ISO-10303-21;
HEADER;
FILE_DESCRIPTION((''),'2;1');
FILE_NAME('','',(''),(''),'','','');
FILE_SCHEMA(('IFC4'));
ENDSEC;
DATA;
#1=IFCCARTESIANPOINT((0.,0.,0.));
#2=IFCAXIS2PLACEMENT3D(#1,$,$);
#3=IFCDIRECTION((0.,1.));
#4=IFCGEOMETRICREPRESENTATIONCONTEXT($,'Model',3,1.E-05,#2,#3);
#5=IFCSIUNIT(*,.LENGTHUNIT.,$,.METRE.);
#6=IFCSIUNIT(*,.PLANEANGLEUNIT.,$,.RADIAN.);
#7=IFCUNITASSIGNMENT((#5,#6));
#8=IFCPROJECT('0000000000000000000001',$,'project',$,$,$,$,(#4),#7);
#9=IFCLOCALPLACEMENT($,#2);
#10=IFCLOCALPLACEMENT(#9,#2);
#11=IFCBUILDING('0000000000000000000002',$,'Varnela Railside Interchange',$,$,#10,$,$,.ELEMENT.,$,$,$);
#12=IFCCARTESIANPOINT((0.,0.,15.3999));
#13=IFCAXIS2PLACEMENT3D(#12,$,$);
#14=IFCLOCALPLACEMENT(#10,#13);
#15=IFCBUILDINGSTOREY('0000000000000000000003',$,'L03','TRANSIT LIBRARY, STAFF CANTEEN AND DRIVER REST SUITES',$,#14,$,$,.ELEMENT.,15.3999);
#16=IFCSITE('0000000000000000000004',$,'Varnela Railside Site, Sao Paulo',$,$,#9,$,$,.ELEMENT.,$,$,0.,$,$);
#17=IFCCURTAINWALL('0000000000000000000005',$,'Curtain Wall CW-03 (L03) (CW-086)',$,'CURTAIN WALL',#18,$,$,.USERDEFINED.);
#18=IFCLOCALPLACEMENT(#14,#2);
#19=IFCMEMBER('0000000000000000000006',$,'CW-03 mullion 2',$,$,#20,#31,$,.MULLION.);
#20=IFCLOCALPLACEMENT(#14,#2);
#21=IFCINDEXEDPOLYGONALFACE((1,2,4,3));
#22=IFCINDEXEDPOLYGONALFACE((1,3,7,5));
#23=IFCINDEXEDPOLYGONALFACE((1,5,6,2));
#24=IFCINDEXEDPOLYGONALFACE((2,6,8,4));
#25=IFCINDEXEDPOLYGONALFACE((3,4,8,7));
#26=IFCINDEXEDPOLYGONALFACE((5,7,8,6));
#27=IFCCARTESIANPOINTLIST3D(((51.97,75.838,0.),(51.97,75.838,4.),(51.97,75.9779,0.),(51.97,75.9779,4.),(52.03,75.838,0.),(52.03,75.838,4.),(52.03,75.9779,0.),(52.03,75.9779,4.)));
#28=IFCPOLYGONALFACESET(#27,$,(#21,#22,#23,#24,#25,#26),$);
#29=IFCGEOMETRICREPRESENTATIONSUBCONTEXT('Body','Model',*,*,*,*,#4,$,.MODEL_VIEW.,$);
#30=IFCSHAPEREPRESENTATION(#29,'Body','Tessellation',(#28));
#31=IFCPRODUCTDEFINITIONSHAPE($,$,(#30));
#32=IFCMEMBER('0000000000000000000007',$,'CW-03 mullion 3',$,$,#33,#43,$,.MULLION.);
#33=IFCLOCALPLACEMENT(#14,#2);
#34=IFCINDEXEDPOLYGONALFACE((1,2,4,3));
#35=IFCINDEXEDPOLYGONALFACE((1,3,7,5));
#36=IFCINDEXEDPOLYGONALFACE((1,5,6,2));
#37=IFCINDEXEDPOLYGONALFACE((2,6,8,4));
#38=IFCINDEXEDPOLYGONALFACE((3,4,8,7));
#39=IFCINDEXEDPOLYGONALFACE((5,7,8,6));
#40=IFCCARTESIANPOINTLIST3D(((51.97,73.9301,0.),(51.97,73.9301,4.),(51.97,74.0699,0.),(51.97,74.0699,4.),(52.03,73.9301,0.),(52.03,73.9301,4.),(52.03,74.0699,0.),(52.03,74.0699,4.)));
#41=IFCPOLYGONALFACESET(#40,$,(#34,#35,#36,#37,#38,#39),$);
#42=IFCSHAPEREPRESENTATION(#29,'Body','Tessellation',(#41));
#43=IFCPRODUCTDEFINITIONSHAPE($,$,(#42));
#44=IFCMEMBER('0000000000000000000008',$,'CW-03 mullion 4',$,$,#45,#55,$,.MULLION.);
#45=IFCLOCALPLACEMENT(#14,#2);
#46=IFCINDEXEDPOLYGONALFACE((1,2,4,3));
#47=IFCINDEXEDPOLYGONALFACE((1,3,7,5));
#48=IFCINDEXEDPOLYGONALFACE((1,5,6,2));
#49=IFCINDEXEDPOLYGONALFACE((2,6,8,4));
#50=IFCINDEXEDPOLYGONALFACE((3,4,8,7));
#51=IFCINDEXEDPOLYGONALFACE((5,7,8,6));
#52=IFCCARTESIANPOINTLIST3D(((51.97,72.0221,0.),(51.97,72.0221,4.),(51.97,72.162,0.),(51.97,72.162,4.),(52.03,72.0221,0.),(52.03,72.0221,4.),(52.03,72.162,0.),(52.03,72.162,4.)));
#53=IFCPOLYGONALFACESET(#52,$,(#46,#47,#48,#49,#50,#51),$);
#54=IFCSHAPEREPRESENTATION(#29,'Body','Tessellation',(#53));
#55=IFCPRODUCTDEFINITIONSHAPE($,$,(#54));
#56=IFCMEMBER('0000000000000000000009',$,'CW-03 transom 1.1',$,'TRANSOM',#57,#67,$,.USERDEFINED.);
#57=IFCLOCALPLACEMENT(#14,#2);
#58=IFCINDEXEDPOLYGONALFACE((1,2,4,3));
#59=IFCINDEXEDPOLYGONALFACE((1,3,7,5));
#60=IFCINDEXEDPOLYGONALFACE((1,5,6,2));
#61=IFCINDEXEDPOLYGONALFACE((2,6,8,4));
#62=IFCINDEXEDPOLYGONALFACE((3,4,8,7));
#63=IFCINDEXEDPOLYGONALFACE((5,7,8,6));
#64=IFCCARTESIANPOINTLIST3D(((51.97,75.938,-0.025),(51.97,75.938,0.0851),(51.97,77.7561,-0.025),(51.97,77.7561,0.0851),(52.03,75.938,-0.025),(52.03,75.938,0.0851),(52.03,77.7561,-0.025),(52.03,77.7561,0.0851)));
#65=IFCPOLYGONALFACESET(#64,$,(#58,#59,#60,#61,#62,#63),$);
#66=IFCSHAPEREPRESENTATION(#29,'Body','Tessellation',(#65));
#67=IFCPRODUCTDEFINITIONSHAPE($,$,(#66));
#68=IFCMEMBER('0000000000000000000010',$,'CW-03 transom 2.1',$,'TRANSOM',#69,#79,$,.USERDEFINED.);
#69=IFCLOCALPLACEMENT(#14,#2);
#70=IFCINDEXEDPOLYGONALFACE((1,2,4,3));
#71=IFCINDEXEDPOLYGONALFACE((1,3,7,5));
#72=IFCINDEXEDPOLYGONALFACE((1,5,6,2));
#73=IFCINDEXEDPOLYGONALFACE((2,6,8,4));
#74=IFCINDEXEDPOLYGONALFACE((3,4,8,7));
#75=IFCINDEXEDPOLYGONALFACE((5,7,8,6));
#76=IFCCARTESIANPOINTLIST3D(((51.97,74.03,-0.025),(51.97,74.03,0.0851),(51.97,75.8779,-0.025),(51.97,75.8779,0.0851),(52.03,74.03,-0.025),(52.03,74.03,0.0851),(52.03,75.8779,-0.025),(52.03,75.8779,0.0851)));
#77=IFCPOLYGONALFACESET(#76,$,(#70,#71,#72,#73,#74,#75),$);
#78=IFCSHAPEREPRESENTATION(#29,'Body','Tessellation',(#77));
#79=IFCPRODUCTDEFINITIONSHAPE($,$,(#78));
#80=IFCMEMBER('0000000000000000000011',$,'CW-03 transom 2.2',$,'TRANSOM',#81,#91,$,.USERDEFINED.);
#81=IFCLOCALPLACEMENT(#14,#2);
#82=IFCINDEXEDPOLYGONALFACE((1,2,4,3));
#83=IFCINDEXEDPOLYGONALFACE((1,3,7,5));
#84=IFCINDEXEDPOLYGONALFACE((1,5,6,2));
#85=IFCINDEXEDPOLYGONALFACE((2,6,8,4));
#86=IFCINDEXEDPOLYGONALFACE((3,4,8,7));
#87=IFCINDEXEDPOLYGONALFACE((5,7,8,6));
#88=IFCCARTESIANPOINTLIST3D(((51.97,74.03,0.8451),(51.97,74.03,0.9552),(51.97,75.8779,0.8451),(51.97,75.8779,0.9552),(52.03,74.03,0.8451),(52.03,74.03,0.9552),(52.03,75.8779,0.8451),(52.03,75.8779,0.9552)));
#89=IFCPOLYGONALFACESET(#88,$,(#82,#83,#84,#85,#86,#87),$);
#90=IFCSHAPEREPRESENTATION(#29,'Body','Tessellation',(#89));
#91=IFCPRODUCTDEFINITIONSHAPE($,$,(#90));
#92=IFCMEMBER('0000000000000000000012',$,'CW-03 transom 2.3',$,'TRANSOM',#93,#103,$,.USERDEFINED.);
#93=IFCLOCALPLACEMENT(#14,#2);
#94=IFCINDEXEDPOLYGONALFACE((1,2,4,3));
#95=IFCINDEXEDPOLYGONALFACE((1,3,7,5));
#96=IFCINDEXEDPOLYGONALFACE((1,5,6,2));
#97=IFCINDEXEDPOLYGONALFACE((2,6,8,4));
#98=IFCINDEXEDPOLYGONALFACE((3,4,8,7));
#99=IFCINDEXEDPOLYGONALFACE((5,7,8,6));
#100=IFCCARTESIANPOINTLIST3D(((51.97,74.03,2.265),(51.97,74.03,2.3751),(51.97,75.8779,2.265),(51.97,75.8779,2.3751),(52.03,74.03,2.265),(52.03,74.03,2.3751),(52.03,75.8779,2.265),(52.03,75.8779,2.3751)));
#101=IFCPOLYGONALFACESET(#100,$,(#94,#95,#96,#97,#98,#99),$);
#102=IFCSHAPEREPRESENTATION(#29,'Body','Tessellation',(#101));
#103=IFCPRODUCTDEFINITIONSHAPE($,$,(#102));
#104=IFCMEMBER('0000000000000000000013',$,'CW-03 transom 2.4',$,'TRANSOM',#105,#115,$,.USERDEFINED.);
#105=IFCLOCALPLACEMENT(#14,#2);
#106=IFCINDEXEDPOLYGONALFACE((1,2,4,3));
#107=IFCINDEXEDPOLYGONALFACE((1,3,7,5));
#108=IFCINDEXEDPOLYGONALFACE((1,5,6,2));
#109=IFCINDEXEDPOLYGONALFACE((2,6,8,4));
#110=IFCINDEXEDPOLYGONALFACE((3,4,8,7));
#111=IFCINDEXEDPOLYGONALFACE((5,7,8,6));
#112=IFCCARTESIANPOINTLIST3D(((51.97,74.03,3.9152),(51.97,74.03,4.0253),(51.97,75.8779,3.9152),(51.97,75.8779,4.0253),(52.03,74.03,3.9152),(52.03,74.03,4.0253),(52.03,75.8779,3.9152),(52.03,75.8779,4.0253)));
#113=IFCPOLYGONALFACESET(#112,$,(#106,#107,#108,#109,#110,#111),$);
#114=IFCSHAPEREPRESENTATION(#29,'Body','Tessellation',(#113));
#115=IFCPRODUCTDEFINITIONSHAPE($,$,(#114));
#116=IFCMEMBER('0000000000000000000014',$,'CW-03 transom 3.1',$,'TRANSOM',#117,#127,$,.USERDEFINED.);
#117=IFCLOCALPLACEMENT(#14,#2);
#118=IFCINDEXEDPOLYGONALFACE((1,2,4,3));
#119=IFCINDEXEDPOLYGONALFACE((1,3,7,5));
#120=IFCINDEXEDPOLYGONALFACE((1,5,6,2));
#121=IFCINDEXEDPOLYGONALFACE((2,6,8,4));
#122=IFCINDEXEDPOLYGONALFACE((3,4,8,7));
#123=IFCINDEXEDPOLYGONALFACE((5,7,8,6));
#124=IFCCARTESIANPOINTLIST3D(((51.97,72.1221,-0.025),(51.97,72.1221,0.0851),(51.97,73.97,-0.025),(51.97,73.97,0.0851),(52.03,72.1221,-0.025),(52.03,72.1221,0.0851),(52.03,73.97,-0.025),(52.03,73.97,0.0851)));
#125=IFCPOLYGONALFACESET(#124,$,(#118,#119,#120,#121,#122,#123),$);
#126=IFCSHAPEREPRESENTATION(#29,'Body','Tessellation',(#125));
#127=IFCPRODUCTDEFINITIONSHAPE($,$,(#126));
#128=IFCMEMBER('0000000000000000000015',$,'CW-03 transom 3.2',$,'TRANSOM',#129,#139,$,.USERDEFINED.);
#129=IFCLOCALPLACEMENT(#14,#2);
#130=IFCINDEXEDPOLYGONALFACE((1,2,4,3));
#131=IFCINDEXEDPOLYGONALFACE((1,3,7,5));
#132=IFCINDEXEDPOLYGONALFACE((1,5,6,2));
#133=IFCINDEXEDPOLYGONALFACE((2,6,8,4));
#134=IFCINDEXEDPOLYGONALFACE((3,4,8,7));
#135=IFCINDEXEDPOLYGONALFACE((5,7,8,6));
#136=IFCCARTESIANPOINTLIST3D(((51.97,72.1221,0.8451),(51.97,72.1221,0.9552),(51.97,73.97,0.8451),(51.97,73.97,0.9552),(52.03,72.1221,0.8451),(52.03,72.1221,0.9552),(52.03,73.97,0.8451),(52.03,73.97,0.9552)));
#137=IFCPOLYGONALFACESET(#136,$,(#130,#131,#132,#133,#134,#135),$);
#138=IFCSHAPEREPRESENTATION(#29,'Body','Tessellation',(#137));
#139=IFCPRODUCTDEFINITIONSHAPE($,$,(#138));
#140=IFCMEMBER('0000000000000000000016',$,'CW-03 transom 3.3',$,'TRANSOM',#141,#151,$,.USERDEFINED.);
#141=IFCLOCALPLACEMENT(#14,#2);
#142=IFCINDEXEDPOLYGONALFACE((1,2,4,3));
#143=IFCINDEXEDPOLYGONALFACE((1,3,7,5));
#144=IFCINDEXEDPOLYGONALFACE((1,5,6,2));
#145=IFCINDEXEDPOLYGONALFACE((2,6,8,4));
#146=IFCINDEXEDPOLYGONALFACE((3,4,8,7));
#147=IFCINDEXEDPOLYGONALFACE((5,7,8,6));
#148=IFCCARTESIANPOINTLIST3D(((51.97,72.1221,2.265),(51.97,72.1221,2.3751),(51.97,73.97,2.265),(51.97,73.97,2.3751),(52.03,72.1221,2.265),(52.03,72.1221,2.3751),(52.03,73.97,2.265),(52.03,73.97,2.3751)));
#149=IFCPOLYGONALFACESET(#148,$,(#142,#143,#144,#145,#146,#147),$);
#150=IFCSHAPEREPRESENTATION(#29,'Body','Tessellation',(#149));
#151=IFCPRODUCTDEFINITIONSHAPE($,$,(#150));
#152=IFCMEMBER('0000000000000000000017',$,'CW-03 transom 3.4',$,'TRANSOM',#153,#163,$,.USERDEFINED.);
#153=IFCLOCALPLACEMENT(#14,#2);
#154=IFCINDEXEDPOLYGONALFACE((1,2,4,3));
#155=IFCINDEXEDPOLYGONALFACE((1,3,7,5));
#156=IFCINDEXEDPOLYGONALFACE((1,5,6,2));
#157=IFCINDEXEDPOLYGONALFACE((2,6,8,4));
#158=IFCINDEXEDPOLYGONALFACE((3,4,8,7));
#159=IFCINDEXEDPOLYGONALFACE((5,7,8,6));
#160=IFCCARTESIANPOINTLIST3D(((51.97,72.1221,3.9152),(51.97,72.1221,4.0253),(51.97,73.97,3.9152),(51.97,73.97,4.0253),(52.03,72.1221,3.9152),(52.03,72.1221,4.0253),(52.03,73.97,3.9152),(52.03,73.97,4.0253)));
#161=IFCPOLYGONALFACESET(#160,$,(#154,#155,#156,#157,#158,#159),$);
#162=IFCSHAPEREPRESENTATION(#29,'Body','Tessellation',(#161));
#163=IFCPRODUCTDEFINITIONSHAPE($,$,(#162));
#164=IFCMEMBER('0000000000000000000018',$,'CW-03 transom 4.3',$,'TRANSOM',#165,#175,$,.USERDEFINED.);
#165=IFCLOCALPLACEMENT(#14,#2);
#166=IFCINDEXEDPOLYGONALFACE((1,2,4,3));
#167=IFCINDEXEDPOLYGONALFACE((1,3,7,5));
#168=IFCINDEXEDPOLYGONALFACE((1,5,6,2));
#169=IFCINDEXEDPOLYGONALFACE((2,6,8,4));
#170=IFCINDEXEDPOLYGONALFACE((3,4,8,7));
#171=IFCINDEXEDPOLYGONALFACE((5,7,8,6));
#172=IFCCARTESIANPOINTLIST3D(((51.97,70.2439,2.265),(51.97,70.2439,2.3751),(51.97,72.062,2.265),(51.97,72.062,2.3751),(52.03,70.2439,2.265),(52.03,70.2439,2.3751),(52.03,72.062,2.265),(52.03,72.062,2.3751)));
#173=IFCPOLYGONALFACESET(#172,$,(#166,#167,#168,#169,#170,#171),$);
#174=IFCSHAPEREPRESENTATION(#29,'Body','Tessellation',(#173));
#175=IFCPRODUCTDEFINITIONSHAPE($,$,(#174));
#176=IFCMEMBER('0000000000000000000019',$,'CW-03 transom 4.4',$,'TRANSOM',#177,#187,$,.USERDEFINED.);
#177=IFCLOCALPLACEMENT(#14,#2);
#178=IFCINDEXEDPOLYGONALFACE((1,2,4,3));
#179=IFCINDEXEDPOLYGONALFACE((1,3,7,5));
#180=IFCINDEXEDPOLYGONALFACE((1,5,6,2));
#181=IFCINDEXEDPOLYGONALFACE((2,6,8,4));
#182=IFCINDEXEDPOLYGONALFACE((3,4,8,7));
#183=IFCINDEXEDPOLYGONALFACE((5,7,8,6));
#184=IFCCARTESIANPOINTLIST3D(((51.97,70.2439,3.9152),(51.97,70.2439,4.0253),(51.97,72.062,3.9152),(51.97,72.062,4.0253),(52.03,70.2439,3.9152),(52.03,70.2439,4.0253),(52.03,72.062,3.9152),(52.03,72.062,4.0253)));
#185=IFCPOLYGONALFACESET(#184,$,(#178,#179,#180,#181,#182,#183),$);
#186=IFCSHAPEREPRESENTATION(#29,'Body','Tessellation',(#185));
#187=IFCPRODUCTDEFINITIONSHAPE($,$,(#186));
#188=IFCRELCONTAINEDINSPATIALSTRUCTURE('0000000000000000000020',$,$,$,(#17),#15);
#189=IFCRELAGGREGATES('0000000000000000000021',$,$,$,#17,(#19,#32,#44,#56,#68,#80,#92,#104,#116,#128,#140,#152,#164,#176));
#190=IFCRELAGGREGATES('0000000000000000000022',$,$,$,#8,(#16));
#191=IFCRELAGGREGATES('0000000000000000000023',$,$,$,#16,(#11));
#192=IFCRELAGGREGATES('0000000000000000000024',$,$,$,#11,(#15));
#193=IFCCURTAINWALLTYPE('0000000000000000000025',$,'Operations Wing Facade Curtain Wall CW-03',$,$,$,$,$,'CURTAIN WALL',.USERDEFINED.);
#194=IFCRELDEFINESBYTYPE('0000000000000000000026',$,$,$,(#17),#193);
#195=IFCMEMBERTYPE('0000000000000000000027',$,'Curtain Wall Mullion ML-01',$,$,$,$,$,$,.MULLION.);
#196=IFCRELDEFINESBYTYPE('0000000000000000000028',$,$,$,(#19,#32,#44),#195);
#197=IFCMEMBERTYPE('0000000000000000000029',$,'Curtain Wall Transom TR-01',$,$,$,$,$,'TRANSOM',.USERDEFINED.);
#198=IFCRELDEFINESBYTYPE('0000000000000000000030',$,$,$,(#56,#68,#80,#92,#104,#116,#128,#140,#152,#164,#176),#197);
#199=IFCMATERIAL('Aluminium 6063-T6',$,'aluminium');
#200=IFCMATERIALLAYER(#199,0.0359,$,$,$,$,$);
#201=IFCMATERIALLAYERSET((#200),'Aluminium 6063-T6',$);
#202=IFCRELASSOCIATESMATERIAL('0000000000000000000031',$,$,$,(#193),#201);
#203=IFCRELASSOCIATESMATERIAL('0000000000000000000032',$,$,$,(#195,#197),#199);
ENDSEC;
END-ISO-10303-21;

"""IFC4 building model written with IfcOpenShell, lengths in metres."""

from ifc_helpers import new_model, si_unit, direction, frame, origin, origin_2d, place, context, subcontext, project, spatial, rectangle, extrude, material, layer, layer_set, material_profile, profile_set, type_object, element, aggregate, save


model = new_model("IFC4")

# Units and contexts
model_context = context("Model", 3, precision=1e-05, world=origin(), true_north=direction((0.0, 1.0)))
body_context = subcontext(model_context, "Body", "Model", "MODEL_VIEW")
ifc_project = project(units=[si_unit("LENGTHUNIT", "METRE"), si_unit("PLANEANGLEUNIT", "RADIAN")], contexts=[model_context])

# Site, building, storey
site_placement = place(None, origin())
site = spatial("IfcSite", under=ifc_project, at=site_placement, Name="Varnela Railside Site, Sao Paulo", CompositionType="ELEMENT", RefElevation=0.0)
building_placement = place(site_placement, origin())
building = spatial("IfcBuilding", under=site, at=building_placement, Name="Varnela Railside Interchange", CompositionType="ELEMENT")
storey_placement = place(building_placement, frame((0.0, 0.0, 15.3999)))
storey = spatial("IfcBuildingStorey", under=building, at=storey_placement, Name="L03", Description="TRANSIT LIBRARY, STAFF CANTEEN AND DRIVER REST SUITES", CompositionType="ELEMENT", Elevation=15.3999)

# Curtain wall, members
ifc_material_1 = material(Name="Aluminium 6063-T6", Category="aluminium")
ifc_layer_1 = layer(ifc_material_1, 0.0359)
ifc_layer_set_1 = layer_set([ifc_layer_1], Name="Aluminium 6063-T6")
curtain_wall_type = type_object("IfcCurtainWallType", Name="Operations Wing Facade Curtain Wall CW-03", ElementType="CURTAIN WALL", PredefinedType="USERDEFINED", material=ifc_layer_set_1)
curtain_wall_placement = place(storey_placement, origin())
curtain_wall = element("IfcCurtainWall", 1, at=curtain_wall_placement, inside=storey, type_object=curtain_wall_type, Name="Curtain Wall CW-03 (L03) (CW-086)", ObjectType="CURTAIN WALL", PredefinedType="USERDEFINED")
ifc_material_profile_1 = material_profile(ifc_material_1, rectangle(XDim=0.0601, YDim=0.1399, at=origin_2d()), Name="ALU 60x140")
ifc_profile_set_1 = profile_set([ifc_material_profile_1], Name="Aluminium 6063-T6")
member_type_1 = type_object("IfcMemberType", Name="Curtain Wall Mullion ML-01", PredefinedType="MULLION", material=ifc_profile_set_1)
member_1_placement = place(storey_placement, frame((52.0, 75.908, 0.0), z_axis=(0.0, 0.0, 1.0), x_axis=(1.0, 0.0, 0.0)))
member_1 = element("IfcMember", 2, at=member_1_placement, type_object=member_type_1, Name="CW-03 mullion 2", PredefinedType="MULLION", context=body_context, shape_type="SweptSolid", body=[
    extrude(rectangle(XDim=0.0601, YDim=0.1399, at=origin_2d()), origin(), (0.0, 0.0, 1.0), 4.0),
])
member_2_placement = place(storey_placement, frame((52.0, 74.0, 0.0), z_axis=(0.0, 0.0, 1.0), x_axis=(1.0, 0.0, 0.0)))
member_2 = element("IfcMember", 3, at=member_2_placement, type_object=member_type_1, Name="CW-03 mullion 3", PredefinedType="MULLION", context=body_context, shape_type="SweptSolid", body=[
    extrude(rectangle(XDim=0.0601, YDim=0.1399, at=origin_2d()), origin(), (0.0, 0.0, 1.0), 4.0),
])
member_3_placement = place(storey_placement, frame((52.0, 72.092, 0.0), z_axis=(0.0, 0.0, 1.0), x_axis=(1.0, 0.0, 0.0)))
member_3 = element("IfcMember", 4, at=member_3_placement, type_object=member_type_1, Name="CW-03 mullion 4", PredefinedType="MULLION", context=body_context, shape_type="SweptSolid", body=[
    extrude(rectangle(XDim=0.0601, YDim=0.1399, at=origin_2d()), origin(), (0.0, 0.0, 1.0), 4.0),
])
ifc_material_profile_2 = material_profile(ifc_material_1, rectangle(XDim=0.0601, YDim=0.1101, at=origin_2d()), Name="ALU 60x110")
ifc_profile_set_2 = profile_set([ifc_material_profile_2], Name="Aluminium 6063-T6")
member_type_2 = type_object("IfcMemberType", Name="Curtain Wall Transom TR-01", ElementType="TRANSOM", PredefinedType="USERDEFINED", material=ifc_profile_set_2)
member_4_placement = place(storey_placement, frame((52.0, 77.7561, 0.03), z_axis=(0.0, -1.0, 0.0), x_axis=(1.0, 0.0, 0.0)))
member_4 = element("IfcMember", 5, at=member_4_placement, type_object=member_type_2, Name="CW-03 transom 1.1", ObjectType="TRANSOM", PredefinedType="USERDEFINED", context=body_context, shape_type="SweptSolid", body=[
    extrude(rectangle(XDim=0.0601, YDim=0.1101, at=origin_2d()), origin(), (0.0, 0.0, 1.0), 1.8181),
])
member_5_placement = place(storey_placement, frame((52.0, 75.8779, 0.03), z_axis=(0.0, -1.0, 0.0), x_axis=(1.0, 0.0, 0.0)))
member_5 = element("IfcMember", 6, at=member_5_placement, type_object=member_type_2, Name="CW-03 transom 2.1", ObjectType="TRANSOM", PredefinedType="USERDEFINED", context=body_context, shape_type="SweptSolid", body=[
    extrude(rectangle(XDim=0.0601, YDim=0.1101, at=origin_2d()), origin(), (0.0, 0.0, 1.0), 1.8479),
])
member_6_placement = place(storey_placement, frame((52.0, 75.8779, 0.9001), z_axis=(0.0, -1.0, 0.0), x_axis=(1.0, 0.0, 0.0)))
member_6 = element("IfcMember", 7, at=member_6_placement, type_object=member_type_2, Name="CW-03 transom 2.2", ObjectType="TRANSOM", PredefinedType="USERDEFINED", context=body_context, shape_type="SweptSolid", body=[
    extrude(rectangle(XDim=0.0601, YDim=0.1101, at=origin_2d()), origin(), (0.0, 0.0, 1.0), 1.8479),
])
member_7_placement = place(storey_placement, frame((52.0, 75.8779, 2.3201), z_axis=(0.0, -1.0, 0.0), x_axis=(1.0, 0.0, 0.0)))
member_7 = element("IfcMember", 8, at=member_7_placement, type_object=member_type_2, Name="CW-03 transom 2.3", ObjectType="TRANSOM", PredefinedType="USERDEFINED", context=body_context, shape_type="SweptSolid", body=[
    extrude(rectangle(XDim=0.0601, YDim=0.1101, at=origin_2d()), origin(), (0.0, 0.0, 1.0), 1.8479),
])
member_8_placement = place(storey_placement, frame((52.0, 75.8779, 3.9702), z_axis=(0.0, -1.0, 0.0), x_axis=(1.0, 0.0, 0.0)))
member_8 = element("IfcMember", 9, at=member_8_placement, type_object=member_type_2, Name="CW-03 transom 2.4", ObjectType="TRANSOM", PredefinedType="USERDEFINED", context=body_context, shape_type="SweptSolid", body=[
    extrude(rectangle(XDim=0.0601, YDim=0.1101, at=origin_2d()), origin(), (0.0, 0.0, 1.0), 1.8479),
])
member_9_placement = place(storey_placement, frame((52.0, 73.97, 0.03), z_axis=(0.0, -1.0, 0.0), x_axis=(1.0, 0.0, 0.0)))
member_9 = element("IfcMember", 10, at=member_9_placement, type_object=member_type_2, Name="CW-03 transom 3.1", ObjectType="TRANSOM", PredefinedType="USERDEFINED", context=body_context, shape_type="SweptSolid", body=[
    extrude(rectangle(XDim=0.0601, YDim=0.1101, at=origin_2d()), origin(), (0.0, 0.0, 1.0), 1.8479),
])
member_10_placement = place(storey_placement, frame((52.0, 73.97, 0.9001), z_axis=(0.0, -1.0, 0.0), x_axis=(1.0, 0.0, 0.0)))
member_10 = element("IfcMember", 11, at=member_10_placement, type_object=member_type_2, Name="CW-03 transom 3.2", ObjectType="TRANSOM", PredefinedType="USERDEFINED", context=body_context, shape_type="SweptSolid", body=[
    extrude(rectangle(XDim=0.0601, YDim=0.1101, at=origin_2d()), origin(), (0.0, 0.0, 1.0), 1.8479),
])
member_11_placement = place(storey_placement, frame((52.0, 73.97, 2.3201), z_axis=(0.0, -1.0, 0.0), x_axis=(1.0, 0.0, 0.0)))
member_11 = element("IfcMember", 12, at=member_11_placement, type_object=member_type_2, Name="CW-03 transom 3.3", ObjectType="TRANSOM", PredefinedType="USERDEFINED", context=body_context, shape_type="SweptSolid", body=[
    extrude(rectangle(XDim=0.0601, YDim=0.1101, at=origin_2d()), origin(), (0.0, 0.0, 1.0), 1.8479),
])
member_12_placement = place(storey_placement, frame((52.0, 73.97, 3.9702), z_axis=(0.0, -1.0, 0.0), x_axis=(1.0, 0.0, 0.0)))
member_12 = element("IfcMember", 13, at=member_12_placement, type_object=member_type_2, Name="CW-03 transom 3.4", ObjectType="TRANSOM", PredefinedType="USERDEFINED", context=body_context, shape_type="SweptSolid", body=[
    extrude(rectangle(XDim=0.0601, YDim=0.1101, at=origin_2d()), origin(), (0.0, 0.0, 1.0), 1.8479),
])
member_13_placement = place(storey_placement, frame((52.0, 72.062, 2.3201), z_axis=(0.0, -1.0, 0.0), x_axis=(1.0, 0.0, 0.0)))
member_13 = element("IfcMember", 14, at=member_13_placement, type_object=member_type_2, Name="CW-03 transom 4.3", ObjectType="TRANSOM", PredefinedType="USERDEFINED", context=body_context, shape_type="SweptSolid", body=[
    extrude(rectangle(XDim=0.0601, YDim=0.1101, at=origin_2d()), origin(), (0.0, 0.0, 1.0), 1.8181),
])
member_14_placement = place(storey_placement, frame((52.0, 72.062, 3.9702), z_axis=(0.0, -1.0, 0.0), x_axis=(1.0, 0.0, 0.0)))
member_14 = element("IfcMember", 15, at=member_14_placement, type_object=member_type_2, Name="CW-03 transom 4.4", ObjectType="TRANSOM", PredefinedType="USERDEFINED", context=body_context, shape_type="SweptSolid", body=[
    extrude(rectangle(XDim=0.0601, YDim=0.1101, at=origin_2d()), origin(), (0.0, 0.0, 1.0), 1.8181),
])
aggregate(curtain_wall, [member_1, member_2, member_3, member_4, member_5, member_6, member_7, member_8, member_9, member_10, member_11, member_12, member_13, member_14])

save(model, "model.ifc")
